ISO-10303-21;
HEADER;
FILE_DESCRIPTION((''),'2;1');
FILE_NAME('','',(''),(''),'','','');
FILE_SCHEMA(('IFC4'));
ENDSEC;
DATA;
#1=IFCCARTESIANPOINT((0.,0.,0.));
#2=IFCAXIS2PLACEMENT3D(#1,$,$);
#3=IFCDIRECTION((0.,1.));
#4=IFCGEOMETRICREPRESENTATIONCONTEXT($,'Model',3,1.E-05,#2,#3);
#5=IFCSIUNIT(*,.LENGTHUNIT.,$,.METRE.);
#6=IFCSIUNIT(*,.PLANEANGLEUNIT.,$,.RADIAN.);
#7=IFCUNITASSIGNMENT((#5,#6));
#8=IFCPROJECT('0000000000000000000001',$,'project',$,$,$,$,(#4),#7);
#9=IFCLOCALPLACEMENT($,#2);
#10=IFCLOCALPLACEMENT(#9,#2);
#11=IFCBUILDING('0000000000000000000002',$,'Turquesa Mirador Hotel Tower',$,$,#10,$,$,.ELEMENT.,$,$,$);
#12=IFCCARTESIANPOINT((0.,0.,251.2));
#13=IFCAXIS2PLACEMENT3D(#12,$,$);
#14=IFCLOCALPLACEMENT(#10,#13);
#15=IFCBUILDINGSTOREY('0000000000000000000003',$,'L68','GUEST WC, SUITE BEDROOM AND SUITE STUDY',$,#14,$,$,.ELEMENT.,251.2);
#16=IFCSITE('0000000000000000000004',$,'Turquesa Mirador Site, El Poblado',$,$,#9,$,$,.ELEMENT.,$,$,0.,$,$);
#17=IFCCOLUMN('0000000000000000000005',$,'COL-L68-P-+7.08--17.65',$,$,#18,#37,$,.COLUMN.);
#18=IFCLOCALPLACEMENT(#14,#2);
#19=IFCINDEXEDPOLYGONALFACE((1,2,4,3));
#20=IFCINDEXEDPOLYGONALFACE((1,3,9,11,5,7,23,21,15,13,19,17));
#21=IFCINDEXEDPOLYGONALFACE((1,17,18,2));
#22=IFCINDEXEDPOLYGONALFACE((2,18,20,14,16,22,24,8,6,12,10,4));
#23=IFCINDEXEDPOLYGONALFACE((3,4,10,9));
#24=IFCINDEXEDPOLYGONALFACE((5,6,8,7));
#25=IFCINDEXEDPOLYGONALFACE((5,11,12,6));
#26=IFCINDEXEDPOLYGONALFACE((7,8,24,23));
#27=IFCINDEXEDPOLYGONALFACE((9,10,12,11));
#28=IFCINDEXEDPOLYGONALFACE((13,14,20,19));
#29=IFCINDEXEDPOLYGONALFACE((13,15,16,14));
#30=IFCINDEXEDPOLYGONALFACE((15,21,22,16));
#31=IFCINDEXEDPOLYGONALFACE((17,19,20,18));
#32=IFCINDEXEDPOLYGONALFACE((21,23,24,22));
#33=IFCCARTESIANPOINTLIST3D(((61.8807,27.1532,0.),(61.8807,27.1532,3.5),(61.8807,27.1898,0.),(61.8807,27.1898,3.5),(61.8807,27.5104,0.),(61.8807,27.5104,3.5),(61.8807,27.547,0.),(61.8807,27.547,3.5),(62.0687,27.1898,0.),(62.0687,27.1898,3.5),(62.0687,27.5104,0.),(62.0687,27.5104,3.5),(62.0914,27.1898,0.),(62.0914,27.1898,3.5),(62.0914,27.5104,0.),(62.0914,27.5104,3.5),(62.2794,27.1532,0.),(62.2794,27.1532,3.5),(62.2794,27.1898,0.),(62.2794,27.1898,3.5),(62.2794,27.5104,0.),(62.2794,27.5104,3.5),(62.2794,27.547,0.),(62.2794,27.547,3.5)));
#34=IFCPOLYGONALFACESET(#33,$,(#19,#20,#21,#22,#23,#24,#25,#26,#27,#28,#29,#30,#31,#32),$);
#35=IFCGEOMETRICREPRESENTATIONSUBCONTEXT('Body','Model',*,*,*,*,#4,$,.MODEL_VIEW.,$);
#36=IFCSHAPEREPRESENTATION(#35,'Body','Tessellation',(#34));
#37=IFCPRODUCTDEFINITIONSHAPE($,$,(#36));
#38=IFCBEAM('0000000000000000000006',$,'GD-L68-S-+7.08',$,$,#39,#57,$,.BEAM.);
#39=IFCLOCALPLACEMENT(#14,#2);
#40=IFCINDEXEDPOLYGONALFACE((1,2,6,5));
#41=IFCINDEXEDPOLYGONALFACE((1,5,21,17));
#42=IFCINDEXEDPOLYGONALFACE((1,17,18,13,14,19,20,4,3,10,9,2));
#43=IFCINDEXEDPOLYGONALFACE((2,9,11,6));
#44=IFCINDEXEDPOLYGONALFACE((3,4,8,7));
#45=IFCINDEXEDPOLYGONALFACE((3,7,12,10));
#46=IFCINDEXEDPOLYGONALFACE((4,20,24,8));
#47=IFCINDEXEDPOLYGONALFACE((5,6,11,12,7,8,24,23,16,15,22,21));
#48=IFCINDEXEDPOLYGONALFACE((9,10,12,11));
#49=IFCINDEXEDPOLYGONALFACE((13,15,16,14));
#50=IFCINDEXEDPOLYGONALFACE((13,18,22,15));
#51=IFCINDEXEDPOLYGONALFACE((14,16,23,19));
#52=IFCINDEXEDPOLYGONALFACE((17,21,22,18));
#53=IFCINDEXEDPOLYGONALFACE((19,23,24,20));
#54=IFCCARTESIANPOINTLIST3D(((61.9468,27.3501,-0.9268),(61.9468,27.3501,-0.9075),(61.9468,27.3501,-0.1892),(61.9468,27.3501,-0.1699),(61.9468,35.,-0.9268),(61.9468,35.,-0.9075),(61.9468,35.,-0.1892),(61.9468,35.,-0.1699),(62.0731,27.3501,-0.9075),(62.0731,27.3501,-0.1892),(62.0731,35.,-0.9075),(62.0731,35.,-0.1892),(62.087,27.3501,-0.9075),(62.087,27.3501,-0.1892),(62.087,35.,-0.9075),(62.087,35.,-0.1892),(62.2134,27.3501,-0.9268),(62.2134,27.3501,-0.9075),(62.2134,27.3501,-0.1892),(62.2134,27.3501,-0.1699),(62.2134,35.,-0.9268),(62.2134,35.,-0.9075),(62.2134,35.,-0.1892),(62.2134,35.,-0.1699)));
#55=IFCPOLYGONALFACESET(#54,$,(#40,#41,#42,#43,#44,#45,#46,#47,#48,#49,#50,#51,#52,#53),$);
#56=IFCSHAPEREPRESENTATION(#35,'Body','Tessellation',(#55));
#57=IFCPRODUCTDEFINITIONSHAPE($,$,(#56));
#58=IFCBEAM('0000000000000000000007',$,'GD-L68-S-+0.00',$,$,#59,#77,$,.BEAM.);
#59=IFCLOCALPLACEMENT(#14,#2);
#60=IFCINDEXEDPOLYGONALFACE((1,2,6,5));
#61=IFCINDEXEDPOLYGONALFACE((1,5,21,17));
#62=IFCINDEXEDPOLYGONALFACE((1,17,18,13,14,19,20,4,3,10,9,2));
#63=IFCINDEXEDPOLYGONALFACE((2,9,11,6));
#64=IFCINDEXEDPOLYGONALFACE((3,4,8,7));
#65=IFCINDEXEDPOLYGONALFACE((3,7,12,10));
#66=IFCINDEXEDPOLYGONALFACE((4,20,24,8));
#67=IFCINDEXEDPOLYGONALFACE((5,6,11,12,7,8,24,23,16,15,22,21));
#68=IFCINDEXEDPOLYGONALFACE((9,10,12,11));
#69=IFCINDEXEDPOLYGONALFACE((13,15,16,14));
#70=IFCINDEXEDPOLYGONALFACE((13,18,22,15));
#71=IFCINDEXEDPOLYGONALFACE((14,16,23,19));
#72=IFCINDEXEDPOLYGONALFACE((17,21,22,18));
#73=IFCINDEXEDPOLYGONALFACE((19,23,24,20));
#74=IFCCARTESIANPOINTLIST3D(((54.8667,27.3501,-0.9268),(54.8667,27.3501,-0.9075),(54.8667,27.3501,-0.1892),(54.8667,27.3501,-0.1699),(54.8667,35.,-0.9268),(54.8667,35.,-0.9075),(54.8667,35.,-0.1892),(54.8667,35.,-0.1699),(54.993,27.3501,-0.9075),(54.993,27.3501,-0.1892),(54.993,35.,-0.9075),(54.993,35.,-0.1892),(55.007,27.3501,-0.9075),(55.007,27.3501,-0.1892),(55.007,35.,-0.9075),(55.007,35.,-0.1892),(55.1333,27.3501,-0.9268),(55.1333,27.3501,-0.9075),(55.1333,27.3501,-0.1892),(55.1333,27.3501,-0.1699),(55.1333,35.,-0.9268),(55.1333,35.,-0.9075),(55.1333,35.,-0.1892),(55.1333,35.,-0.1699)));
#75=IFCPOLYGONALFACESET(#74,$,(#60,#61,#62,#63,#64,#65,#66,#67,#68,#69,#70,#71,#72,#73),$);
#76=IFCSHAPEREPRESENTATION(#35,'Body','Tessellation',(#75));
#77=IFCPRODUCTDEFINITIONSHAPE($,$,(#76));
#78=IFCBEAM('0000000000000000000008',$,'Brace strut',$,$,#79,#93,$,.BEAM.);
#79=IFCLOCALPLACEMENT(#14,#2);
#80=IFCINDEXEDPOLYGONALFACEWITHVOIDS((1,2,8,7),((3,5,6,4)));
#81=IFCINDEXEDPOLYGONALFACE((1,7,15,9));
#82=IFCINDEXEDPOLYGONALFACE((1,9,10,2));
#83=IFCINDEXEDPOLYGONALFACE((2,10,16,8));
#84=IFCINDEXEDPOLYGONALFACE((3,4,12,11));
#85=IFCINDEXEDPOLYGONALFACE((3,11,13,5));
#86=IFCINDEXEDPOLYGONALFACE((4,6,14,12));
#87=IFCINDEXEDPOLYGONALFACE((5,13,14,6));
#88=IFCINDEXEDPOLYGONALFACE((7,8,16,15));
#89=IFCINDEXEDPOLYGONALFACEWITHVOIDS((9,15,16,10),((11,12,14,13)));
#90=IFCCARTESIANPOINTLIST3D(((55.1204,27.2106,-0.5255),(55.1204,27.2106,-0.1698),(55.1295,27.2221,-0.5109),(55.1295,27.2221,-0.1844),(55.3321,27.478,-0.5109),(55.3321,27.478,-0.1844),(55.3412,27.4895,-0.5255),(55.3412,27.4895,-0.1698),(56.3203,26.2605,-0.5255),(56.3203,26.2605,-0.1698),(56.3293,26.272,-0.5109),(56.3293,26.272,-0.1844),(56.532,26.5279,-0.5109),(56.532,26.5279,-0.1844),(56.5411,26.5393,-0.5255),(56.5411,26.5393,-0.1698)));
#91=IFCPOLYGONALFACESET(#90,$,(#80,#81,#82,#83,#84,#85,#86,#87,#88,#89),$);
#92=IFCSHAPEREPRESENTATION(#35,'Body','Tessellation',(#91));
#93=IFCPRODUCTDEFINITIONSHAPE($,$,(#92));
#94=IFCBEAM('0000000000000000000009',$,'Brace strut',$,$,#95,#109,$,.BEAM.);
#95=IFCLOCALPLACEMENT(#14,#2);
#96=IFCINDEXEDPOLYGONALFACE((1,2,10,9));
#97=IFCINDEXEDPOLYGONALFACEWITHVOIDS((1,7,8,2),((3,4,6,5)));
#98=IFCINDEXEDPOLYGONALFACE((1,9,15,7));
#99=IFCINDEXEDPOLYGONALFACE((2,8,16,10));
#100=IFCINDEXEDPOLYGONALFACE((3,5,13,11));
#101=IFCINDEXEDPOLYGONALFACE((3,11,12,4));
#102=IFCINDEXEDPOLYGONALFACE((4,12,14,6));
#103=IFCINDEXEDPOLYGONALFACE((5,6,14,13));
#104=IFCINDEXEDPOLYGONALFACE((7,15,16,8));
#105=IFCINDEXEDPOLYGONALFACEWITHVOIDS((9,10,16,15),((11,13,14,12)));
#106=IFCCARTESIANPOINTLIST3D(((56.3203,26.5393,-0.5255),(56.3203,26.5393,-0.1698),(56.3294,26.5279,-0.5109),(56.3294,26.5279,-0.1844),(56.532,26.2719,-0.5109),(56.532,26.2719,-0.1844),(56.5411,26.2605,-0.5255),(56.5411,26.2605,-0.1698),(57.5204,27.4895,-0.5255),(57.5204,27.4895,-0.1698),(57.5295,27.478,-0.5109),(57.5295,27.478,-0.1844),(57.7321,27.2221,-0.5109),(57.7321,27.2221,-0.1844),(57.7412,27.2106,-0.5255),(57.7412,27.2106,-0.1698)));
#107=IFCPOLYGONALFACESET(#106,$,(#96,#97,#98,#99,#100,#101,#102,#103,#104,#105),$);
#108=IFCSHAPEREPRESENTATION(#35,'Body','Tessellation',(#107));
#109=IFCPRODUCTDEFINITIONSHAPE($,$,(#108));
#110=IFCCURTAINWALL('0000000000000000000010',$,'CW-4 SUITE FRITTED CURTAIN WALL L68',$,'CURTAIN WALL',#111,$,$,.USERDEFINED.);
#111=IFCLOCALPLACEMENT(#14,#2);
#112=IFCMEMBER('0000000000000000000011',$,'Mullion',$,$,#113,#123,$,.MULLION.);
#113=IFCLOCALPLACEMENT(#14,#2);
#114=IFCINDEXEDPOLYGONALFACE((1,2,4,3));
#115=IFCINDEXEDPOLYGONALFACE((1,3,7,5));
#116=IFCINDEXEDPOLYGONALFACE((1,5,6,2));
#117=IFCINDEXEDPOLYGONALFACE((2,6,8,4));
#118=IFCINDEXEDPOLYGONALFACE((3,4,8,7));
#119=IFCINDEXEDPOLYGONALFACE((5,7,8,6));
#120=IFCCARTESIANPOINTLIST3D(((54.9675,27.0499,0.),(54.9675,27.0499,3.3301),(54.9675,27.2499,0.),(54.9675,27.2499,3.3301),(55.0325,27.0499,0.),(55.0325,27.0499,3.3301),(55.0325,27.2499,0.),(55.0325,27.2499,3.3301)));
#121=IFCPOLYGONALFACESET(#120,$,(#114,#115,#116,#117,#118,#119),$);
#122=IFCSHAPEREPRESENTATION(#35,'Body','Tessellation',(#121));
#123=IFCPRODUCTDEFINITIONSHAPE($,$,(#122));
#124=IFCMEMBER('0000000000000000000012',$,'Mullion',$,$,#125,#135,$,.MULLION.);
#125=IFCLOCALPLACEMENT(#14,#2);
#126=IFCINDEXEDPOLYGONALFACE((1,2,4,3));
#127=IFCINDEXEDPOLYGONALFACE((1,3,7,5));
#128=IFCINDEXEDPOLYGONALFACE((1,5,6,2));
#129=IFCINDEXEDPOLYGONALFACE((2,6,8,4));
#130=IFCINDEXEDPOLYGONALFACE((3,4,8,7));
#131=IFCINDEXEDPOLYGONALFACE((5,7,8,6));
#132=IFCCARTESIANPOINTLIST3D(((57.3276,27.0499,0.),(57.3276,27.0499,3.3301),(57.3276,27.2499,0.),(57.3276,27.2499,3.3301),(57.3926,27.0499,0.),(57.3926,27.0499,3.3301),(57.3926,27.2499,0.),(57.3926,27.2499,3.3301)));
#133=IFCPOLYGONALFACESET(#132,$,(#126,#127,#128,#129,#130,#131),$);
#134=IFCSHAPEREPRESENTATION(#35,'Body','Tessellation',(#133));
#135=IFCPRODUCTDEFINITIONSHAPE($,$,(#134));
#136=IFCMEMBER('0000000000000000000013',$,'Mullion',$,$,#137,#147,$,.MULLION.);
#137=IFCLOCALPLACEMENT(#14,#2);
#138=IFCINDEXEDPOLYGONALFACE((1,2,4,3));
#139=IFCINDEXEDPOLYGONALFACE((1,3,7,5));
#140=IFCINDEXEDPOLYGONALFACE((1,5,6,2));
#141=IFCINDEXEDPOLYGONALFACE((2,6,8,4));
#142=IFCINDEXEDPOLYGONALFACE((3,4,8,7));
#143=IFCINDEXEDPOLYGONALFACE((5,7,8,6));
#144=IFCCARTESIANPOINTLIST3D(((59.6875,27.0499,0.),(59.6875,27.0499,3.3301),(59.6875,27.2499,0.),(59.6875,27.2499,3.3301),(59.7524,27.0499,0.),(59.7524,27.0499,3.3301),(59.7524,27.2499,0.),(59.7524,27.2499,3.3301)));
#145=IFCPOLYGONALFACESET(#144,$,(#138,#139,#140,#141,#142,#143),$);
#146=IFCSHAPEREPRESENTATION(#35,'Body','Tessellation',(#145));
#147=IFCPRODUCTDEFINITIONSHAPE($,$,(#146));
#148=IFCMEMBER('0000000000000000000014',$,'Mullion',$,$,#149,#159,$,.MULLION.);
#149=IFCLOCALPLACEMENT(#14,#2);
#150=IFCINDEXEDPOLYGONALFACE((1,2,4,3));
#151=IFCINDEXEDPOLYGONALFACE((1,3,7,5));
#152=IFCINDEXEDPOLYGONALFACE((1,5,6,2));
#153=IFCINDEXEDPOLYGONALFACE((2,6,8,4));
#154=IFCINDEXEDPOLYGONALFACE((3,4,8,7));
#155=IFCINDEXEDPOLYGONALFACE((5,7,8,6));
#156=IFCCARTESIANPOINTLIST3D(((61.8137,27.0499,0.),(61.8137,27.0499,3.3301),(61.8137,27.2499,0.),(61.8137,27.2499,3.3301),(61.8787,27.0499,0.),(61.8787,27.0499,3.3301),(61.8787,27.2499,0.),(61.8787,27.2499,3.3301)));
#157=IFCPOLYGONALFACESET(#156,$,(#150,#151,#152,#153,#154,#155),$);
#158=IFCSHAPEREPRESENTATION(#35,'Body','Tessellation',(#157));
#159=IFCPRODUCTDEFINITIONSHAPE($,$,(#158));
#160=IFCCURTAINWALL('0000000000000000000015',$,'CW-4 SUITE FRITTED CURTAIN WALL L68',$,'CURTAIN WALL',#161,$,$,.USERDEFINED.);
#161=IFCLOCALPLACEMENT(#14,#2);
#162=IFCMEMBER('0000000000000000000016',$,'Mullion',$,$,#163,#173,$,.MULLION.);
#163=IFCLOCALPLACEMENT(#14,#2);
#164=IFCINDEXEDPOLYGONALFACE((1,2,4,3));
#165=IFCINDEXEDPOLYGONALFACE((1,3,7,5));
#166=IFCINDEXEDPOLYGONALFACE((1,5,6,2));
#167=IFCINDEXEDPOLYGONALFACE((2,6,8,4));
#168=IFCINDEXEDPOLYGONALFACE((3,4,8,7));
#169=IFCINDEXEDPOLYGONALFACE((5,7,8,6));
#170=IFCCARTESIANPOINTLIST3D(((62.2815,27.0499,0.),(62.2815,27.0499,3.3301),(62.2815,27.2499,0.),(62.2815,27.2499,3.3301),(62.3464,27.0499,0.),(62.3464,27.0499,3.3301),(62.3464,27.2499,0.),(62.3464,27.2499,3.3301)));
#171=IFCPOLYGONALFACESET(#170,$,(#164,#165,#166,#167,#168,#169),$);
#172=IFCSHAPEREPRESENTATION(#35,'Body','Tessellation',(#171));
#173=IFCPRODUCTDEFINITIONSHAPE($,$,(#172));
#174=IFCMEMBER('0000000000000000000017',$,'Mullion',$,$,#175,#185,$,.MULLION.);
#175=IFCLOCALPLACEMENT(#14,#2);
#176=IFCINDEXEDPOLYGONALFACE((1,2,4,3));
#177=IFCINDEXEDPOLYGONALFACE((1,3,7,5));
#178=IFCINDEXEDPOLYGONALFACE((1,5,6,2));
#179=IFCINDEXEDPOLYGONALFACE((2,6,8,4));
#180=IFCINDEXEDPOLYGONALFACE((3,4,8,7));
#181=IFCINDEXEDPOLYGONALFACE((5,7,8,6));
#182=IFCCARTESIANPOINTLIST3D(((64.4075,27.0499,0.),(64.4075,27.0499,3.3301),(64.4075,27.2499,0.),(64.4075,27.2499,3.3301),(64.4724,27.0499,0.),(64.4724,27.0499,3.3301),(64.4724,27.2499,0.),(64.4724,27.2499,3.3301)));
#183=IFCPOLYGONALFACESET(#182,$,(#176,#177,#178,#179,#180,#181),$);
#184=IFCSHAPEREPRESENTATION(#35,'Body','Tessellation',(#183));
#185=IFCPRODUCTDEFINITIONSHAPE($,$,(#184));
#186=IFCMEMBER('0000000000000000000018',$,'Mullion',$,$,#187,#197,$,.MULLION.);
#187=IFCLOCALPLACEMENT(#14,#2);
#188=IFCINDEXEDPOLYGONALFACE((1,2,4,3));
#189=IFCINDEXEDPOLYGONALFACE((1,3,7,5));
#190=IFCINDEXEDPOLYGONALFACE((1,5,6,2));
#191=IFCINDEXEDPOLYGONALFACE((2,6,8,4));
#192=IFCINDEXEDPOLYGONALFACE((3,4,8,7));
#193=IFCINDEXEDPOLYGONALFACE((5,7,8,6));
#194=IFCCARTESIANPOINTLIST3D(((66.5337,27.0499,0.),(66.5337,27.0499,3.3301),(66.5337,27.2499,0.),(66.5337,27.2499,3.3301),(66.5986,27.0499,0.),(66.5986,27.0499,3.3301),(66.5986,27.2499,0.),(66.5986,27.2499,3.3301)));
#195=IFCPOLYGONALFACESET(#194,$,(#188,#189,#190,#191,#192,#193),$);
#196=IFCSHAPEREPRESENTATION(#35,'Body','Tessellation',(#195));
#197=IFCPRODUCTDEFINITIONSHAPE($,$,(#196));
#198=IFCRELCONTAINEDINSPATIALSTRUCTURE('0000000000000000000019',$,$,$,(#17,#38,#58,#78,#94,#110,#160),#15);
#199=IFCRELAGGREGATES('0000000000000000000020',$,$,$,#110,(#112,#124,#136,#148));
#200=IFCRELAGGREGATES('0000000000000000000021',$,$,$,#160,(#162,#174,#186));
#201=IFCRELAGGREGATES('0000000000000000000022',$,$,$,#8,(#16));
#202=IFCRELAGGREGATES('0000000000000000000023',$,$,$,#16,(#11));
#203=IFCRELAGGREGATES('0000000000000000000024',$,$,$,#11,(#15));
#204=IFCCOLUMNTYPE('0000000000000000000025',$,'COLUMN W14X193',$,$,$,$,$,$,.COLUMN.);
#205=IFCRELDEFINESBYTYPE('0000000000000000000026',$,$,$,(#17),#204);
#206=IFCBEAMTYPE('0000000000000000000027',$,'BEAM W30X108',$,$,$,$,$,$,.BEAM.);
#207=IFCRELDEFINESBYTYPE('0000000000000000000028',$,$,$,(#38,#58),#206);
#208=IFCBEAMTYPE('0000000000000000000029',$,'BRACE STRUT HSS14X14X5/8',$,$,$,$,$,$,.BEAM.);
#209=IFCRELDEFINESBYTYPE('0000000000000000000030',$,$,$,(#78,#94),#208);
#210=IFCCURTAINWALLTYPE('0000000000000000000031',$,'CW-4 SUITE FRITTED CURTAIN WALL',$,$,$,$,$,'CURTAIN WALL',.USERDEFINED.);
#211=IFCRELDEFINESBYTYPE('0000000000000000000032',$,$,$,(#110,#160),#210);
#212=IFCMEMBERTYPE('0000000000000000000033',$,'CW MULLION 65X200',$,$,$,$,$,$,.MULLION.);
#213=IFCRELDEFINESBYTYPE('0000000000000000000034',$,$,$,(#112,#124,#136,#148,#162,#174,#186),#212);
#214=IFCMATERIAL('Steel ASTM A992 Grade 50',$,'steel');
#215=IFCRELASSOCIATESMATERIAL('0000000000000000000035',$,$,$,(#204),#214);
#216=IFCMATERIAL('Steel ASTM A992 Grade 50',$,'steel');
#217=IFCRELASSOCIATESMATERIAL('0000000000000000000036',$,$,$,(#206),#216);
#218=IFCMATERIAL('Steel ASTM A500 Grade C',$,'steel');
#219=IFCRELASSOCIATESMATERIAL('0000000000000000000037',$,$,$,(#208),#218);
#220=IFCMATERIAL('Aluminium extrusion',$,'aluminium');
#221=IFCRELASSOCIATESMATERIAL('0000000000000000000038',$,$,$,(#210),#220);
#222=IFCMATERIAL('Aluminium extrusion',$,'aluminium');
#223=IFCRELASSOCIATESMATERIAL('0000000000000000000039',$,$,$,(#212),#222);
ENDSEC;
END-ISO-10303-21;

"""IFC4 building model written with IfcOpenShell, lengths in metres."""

from ifc_helpers import new_model, si_unit, direction, frame, origin, origin_2d, place, context, subcontext, project, spatial, rectangle, hollow_rectangle, i_section, extrude, material, material_profile, profile_set, type_object, element, aggregate, save


model = new_model("IFC4")

# Units and contexts
model_context = context("Model", 3, precision=1e-05, world=origin(), true_north=direction((0.0, 1.0)))
body_context = subcontext(model_context, "Body", "Model", "MODEL_VIEW")
ifc_project = project(units=[si_unit("LENGTHUNIT", "METRE"), si_unit("PLANEANGLEUNIT", "RADIAN")], contexts=[model_context])

# Site, building, storey
site_placement = place(None, origin())
site = spatial("IfcSite", under=ifc_project, at=site_placement, Name="Turquesa Mirador Site, El Poblado", CompositionType="ELEMENT", RefElevation=0.0)
building_placement = place(site_placement, origin())
building = spatial("IfcBuilding", under=site, at=building_placement, Name="Turquesa Mirador Hotel Tower", CompositionType="ELEMENT")
storey_placement = place(building_placement, frame((0.0, 0.0, 251.2)))
storey = spatial("IfcBuildingStorey", under=building, at=storey_placement, Name="L68", Description="GUEST WC, SUITE BEDROOM AND SUITE STUDY", CompositionType="ELEMENT", Elevation=251.2)

# Column
ifc_material_1 = material(Name="Steel ASTM A992 Grade 50", Category="steel")
ifc_material_profile_1 = material_profile(ifc_material_1, i_section(OverallWidth=0.3987, OverallDepth=0.3938, WebThickness=0.0227, FlangeThickness=0.0366, at=origin_2d()), Name="W14X193")
ifc_profile_set_1 = profile_set([ifc_material_profile_1], Name="Steel ASTM A992 Grade 50")
column_type = type_object("IfcColumnType", Name="COLUMN W14X193", PredefinedType="COLUMN", material=ifc_profile_set_1)
column_placement = place(storey_placement, frame((62.0801, 27.3501, 0.0), z_axis=(0.0, 0.0, 1.0), x_axis=(1.0, 0.0, 0.0)))
element("IfcColumn", 1, at=column_placement, inside=storey, type_object=column_type, Name="COL-L68-P-+7.08--17.65", PredefinedType="COLUMN", context=body_context, shape_type="SweptSolid", body=[
    extrude(i_section(OverallWidth=0.3987, OverallDepth=0.3938, WebThickness=0.0227, FlangeThickness=0.0366, at=origin_2d()), origin(), (0.0, 0.0, 1.0), 3.5),
])

# Beams
ifc_material_2 = material(Name="Steel ASTM A992 Grade 50", Category="steel")
ifc_material_profile_2 = material_profile(ifc_material_2, i_section(OverallWidth=0.2666, OverallDepth=0.7568, WebThickness=0.0139, FlangeThickness=0.0193, at=origin_2d()), Name="W30X108")
ifc_profile_set_2 = profile_set([ifc_material_profile_2], Name="Steel ASTM A992 Grade 50")
beam_type_1 = type_object("IfcBeamType", Name="BEAM W30X108", PredefinedType="BEAM", material=ifc_profile_set_2)
for number, where, z_axis, x_axis, name in (
    (2, (62.0801, 27.3501, -0.5483), (0.0, 1.0, 0.0), (-1.0, 0.0, 0.0), "GD-L68-S-+7.08"),
    (3, (55.0, 27.3501, -0.5483), (0.0, 1.0, 0.0), (-1.0, 0.0, 0.0), "GD-L68-S-+0.00"),
):
    element("IfcBeam", number, at=place(storey_placement, frame(where, z_axis=z_axis, x_axis=x_axis)), inside=storey, type_object=beam_type_1, Name=name, PredefinedType="BEAM", context=body_context, shape_type="SweptSolid", body=[
        extrude(i_section(OverallWidth=0.2666, OverallDepth=0.7568, WebThickness=0.0139, FlangeThickness=0.0193, at=origin_2d()), origin(), (0.0, 0.0, 1.0), 7.6499),
    ])
ifc_material_3 = material(Name="Steel ASTM A500 Grade C", Category="steel")
ifc_material_profile_3 = material_profile(ifc_material_3, hollow_rectangle(XDim=0.3557, YDim=0.3557, WallThickness=0.0146, at=origin_2d()), Name="HSS14X14X5/8")
ifc_profile_set_3 = profile_set([ifc_material_profile_3], Name="Steel ASTM A500 Grade C")
beam_type_2 = type_object("IfcBeamType", Name="BRACE STRUT HSS14X14X5/8", PredefinedType="BEAM", material=ifc_profile_set_3)
beam_1_placement = place(storey_placement, frame((56.4307, 26.3999, -0.3477), z_axis=(-0.783971, 0.620797, 0.0), x_axis=(-0.620797, -0.783971, 0.0)))
element("IfcBeam", 4, at=beam_1_placement, inside=storey, type_object=beam_type_2, Name="Brace strut", PredefinedType="BEAM", context=body_context, shape_type="SweptSolid", body=[
    extrude(hollow_rectangle(XDim=0.3557, YDim=0.3557, WallThickness=0.0146, at=origin_2d()), origin(), (0.0, 0.0, 1.0), 1.5305),
])
beam_2_placement = place(storey_placement, frame((56.4307, 26.3999, -0.3477), z_axis=(0.784033, 0.620719, 0.0), x_axis=(-0.620719, 0.784033, 0.0)))
element("IfcBeam", 5, at=beam_2_placement, inside=storey, type_object=beam_type_2, Name="Brace strut", PredefinedType="BEAM", context=body_context, shape_type="SweptSolid", body=[
    extrude(hollow_rectangle(XDim=0.3557, YDim=0.3557, WallThickness=0.0146, at=origin_2d()), origin(), (0.0, 0.0, 1.0), 1.5308),
])

# Curtain walls, members
ifc_material_4 = material(Name="Aluminium extrusion", Category="aluminium")
curtain_wall_type = type_object("IfcCurtainWallType", Name="CW-4 SUITE FRITTED CURTAIN WALL", ElementType="CURTAIN WALL", PredefinedType="USERDEFINED", material=ifc_material_4)
curtain_wall_1_placement = place(storey_placement, origin())
curtain_wall_1 = element("IfcCurtainWall", 6, at=curtain_wall_1_placement, inside=storey, type_object=curtain_wall_type, Name="CW-4 SUITE FRITTED CURTAIN WALL L68", ObjectType="CURTAIN WALL", PredefinedType="USERDEFINED")
ifc_material_5 = material(Name="Aluminium extrusion", Category="aluminium")
ifc_material_profile_4 = material_profile(ifc_material_5, rectangle(XDim=0.0649, YDim=0.2, at=origin_2d()), Name="MULLION 65X200")
ifc_profile_set_4 = profile_set([ifc_material_profile_4], Name="Aluminium extrusion")
member_type_1 = type_object("IfcMemberType", Name="CW MULLION 65X200", PredefinedType="MULLION", material=ifc_profile_set_4)
member_1_placement = place(storey_placement, frame((55.0, 27.1499, 0.0), z_axis=(0.0, 0.0, 1.0), x_axis=(1.0, 0.0, 0.0)))
member_1 = element("IfcMember", 7, at=member_1_placement, type_object=member_type_1, Name="Mullion", PredefinedType="MULLION", context=body_context, shape_type="SweptSolid", body=[
    extrude(rectangle(XDim=0.0649, YDim=0.2, at=origin_2d()), origin(), (0.0, 0.0, 1.0), 3.3301),
])
member_2_placement = place(storey_placement, frame((57.3601, 27.1499, 0.0), z_axis=(0.0, 0.0, 1.0), x_axis=(1.0, 0.0, 0.0)))
member_2 = element("IfcMember", 8, at=member_2_placement, type_object=member_type_1, Name="Mullion", PredefinedType="MULLION", context=body_context, shape_type="SweptSolid", body=[
    extrude(rectangle(XDim=0.0649, YDim=0.2, at=origin_2d()), origin(), (0.0, 0.0, 1.0), 3.3301),
])
member_3_placement = place(storey_placement, frame((59.72, 27.1499, 0.0), z_axis=(0.0, 0.0, 1.0), x_axis=(1.0, 0.0, 0.0)))
member_3 = element("IfcMember", 9, at=member_3_placement, type_object=member_type_1, Name="Mullion", PredefinedType="MULLION", context=body_context, shape_type="SweptSolid", body=[
    extrude(rectangle(XDim=0.0649, YDim=0.2, at=origin_2d()), origin(), (0.0, 0.0, 1.0), 3.3301),
])
member_4_placement = place(storey_placement, frame((61.8462, 27.1499, 0.0), z_axis=(0.0, 0.0, 1.0), x_axis=(1.0, 0.0, 0.0)))
member_4 = element("IfcMember", 10, at=member_4_placement, type_object=member_type_1, Name="Mullion", PredefinedType="MULLION", context=body_context, shape_type="SweptSolid", body=[
    extrude(rectangle(XDim=0.0649, YDim=0.2, at=origin_2d()), origin(), (0.0, 0.0, 1.0), 3.3301),
])
curtain_wall_2_placement = place(storey_placement, origin())
curtain_wall_2 = element("IfcCurtainWall", 11, at=curtain_wall_2_placement, inside=storey, type_object=curtain_wall_type, Name="CW-4 SUITE FRITTED CURTAIN WALL L68", ObjectType="CURTAIN WALL", PredefinedType="USERDEFINED")
member_5_placement = place(storey_placement, frame((62.314, 27.1499, 0.0), z_axis=(0.0, 0.0, 1.0), x_axis=(1.0, 0.0, 0.0)))
member_5 = element("IfcMember", 12, at=member_5_placement, type_object=member_type_1, Name="Mullion", PredefinedType="MULLION", context=body_context, shape_type="SweptSolid", body=[
    extrude(rectangle(XDim=0.0649, YDim=0.2, at=origin_2d()), origin(), (0.0, 0.0, 1.0), 3.3301),
])
member_6_placement = place(storey_placement, frame((64.4399, 27.1499, 0.0), z_axis=(0.0, 0.0, 1.0), x_axis=(1.0, 0.0, 0.0)))
member_6 = element("IfcMember", 13, at=member_6_placement, type_object=member_type_1, Name="Mullion", PredefinedType="MULLION", context=body_context, shape_type="SweptSolid", body=[
    extrude(rectangle(XDim=0.0649, YDim=0.2, at=origin_2d()), origin(), (0.0, 0.0, 1.0), 3.3301),
])
member_7_placement = place(storey_placement, frame((66.5662, 27.1499, 0.0), z_axis=(0.0, 0.0, 1.0), x_axis=(1.0, 0.0, 0.0)))
member_7 = element("IfcMember", 14, at=member_7_placement, type_object=member_type_1, Name="Mullion", PredefinedType="MULLION", context=body_context, shape_type="SweptSolid", body=[
    extrude(rectangle(XDim=0.0649, YDim=0.2, at=origin_2d()), origin(), (0.0, 0.0, 1.0), 3.3301),
])

aggregate(curtain_wall_1, [member_1, member_2, member_3, member_4])
aggregate(curtain_wall_2, [member_5, member_6, member_7])

save(model, "model.ifc")
